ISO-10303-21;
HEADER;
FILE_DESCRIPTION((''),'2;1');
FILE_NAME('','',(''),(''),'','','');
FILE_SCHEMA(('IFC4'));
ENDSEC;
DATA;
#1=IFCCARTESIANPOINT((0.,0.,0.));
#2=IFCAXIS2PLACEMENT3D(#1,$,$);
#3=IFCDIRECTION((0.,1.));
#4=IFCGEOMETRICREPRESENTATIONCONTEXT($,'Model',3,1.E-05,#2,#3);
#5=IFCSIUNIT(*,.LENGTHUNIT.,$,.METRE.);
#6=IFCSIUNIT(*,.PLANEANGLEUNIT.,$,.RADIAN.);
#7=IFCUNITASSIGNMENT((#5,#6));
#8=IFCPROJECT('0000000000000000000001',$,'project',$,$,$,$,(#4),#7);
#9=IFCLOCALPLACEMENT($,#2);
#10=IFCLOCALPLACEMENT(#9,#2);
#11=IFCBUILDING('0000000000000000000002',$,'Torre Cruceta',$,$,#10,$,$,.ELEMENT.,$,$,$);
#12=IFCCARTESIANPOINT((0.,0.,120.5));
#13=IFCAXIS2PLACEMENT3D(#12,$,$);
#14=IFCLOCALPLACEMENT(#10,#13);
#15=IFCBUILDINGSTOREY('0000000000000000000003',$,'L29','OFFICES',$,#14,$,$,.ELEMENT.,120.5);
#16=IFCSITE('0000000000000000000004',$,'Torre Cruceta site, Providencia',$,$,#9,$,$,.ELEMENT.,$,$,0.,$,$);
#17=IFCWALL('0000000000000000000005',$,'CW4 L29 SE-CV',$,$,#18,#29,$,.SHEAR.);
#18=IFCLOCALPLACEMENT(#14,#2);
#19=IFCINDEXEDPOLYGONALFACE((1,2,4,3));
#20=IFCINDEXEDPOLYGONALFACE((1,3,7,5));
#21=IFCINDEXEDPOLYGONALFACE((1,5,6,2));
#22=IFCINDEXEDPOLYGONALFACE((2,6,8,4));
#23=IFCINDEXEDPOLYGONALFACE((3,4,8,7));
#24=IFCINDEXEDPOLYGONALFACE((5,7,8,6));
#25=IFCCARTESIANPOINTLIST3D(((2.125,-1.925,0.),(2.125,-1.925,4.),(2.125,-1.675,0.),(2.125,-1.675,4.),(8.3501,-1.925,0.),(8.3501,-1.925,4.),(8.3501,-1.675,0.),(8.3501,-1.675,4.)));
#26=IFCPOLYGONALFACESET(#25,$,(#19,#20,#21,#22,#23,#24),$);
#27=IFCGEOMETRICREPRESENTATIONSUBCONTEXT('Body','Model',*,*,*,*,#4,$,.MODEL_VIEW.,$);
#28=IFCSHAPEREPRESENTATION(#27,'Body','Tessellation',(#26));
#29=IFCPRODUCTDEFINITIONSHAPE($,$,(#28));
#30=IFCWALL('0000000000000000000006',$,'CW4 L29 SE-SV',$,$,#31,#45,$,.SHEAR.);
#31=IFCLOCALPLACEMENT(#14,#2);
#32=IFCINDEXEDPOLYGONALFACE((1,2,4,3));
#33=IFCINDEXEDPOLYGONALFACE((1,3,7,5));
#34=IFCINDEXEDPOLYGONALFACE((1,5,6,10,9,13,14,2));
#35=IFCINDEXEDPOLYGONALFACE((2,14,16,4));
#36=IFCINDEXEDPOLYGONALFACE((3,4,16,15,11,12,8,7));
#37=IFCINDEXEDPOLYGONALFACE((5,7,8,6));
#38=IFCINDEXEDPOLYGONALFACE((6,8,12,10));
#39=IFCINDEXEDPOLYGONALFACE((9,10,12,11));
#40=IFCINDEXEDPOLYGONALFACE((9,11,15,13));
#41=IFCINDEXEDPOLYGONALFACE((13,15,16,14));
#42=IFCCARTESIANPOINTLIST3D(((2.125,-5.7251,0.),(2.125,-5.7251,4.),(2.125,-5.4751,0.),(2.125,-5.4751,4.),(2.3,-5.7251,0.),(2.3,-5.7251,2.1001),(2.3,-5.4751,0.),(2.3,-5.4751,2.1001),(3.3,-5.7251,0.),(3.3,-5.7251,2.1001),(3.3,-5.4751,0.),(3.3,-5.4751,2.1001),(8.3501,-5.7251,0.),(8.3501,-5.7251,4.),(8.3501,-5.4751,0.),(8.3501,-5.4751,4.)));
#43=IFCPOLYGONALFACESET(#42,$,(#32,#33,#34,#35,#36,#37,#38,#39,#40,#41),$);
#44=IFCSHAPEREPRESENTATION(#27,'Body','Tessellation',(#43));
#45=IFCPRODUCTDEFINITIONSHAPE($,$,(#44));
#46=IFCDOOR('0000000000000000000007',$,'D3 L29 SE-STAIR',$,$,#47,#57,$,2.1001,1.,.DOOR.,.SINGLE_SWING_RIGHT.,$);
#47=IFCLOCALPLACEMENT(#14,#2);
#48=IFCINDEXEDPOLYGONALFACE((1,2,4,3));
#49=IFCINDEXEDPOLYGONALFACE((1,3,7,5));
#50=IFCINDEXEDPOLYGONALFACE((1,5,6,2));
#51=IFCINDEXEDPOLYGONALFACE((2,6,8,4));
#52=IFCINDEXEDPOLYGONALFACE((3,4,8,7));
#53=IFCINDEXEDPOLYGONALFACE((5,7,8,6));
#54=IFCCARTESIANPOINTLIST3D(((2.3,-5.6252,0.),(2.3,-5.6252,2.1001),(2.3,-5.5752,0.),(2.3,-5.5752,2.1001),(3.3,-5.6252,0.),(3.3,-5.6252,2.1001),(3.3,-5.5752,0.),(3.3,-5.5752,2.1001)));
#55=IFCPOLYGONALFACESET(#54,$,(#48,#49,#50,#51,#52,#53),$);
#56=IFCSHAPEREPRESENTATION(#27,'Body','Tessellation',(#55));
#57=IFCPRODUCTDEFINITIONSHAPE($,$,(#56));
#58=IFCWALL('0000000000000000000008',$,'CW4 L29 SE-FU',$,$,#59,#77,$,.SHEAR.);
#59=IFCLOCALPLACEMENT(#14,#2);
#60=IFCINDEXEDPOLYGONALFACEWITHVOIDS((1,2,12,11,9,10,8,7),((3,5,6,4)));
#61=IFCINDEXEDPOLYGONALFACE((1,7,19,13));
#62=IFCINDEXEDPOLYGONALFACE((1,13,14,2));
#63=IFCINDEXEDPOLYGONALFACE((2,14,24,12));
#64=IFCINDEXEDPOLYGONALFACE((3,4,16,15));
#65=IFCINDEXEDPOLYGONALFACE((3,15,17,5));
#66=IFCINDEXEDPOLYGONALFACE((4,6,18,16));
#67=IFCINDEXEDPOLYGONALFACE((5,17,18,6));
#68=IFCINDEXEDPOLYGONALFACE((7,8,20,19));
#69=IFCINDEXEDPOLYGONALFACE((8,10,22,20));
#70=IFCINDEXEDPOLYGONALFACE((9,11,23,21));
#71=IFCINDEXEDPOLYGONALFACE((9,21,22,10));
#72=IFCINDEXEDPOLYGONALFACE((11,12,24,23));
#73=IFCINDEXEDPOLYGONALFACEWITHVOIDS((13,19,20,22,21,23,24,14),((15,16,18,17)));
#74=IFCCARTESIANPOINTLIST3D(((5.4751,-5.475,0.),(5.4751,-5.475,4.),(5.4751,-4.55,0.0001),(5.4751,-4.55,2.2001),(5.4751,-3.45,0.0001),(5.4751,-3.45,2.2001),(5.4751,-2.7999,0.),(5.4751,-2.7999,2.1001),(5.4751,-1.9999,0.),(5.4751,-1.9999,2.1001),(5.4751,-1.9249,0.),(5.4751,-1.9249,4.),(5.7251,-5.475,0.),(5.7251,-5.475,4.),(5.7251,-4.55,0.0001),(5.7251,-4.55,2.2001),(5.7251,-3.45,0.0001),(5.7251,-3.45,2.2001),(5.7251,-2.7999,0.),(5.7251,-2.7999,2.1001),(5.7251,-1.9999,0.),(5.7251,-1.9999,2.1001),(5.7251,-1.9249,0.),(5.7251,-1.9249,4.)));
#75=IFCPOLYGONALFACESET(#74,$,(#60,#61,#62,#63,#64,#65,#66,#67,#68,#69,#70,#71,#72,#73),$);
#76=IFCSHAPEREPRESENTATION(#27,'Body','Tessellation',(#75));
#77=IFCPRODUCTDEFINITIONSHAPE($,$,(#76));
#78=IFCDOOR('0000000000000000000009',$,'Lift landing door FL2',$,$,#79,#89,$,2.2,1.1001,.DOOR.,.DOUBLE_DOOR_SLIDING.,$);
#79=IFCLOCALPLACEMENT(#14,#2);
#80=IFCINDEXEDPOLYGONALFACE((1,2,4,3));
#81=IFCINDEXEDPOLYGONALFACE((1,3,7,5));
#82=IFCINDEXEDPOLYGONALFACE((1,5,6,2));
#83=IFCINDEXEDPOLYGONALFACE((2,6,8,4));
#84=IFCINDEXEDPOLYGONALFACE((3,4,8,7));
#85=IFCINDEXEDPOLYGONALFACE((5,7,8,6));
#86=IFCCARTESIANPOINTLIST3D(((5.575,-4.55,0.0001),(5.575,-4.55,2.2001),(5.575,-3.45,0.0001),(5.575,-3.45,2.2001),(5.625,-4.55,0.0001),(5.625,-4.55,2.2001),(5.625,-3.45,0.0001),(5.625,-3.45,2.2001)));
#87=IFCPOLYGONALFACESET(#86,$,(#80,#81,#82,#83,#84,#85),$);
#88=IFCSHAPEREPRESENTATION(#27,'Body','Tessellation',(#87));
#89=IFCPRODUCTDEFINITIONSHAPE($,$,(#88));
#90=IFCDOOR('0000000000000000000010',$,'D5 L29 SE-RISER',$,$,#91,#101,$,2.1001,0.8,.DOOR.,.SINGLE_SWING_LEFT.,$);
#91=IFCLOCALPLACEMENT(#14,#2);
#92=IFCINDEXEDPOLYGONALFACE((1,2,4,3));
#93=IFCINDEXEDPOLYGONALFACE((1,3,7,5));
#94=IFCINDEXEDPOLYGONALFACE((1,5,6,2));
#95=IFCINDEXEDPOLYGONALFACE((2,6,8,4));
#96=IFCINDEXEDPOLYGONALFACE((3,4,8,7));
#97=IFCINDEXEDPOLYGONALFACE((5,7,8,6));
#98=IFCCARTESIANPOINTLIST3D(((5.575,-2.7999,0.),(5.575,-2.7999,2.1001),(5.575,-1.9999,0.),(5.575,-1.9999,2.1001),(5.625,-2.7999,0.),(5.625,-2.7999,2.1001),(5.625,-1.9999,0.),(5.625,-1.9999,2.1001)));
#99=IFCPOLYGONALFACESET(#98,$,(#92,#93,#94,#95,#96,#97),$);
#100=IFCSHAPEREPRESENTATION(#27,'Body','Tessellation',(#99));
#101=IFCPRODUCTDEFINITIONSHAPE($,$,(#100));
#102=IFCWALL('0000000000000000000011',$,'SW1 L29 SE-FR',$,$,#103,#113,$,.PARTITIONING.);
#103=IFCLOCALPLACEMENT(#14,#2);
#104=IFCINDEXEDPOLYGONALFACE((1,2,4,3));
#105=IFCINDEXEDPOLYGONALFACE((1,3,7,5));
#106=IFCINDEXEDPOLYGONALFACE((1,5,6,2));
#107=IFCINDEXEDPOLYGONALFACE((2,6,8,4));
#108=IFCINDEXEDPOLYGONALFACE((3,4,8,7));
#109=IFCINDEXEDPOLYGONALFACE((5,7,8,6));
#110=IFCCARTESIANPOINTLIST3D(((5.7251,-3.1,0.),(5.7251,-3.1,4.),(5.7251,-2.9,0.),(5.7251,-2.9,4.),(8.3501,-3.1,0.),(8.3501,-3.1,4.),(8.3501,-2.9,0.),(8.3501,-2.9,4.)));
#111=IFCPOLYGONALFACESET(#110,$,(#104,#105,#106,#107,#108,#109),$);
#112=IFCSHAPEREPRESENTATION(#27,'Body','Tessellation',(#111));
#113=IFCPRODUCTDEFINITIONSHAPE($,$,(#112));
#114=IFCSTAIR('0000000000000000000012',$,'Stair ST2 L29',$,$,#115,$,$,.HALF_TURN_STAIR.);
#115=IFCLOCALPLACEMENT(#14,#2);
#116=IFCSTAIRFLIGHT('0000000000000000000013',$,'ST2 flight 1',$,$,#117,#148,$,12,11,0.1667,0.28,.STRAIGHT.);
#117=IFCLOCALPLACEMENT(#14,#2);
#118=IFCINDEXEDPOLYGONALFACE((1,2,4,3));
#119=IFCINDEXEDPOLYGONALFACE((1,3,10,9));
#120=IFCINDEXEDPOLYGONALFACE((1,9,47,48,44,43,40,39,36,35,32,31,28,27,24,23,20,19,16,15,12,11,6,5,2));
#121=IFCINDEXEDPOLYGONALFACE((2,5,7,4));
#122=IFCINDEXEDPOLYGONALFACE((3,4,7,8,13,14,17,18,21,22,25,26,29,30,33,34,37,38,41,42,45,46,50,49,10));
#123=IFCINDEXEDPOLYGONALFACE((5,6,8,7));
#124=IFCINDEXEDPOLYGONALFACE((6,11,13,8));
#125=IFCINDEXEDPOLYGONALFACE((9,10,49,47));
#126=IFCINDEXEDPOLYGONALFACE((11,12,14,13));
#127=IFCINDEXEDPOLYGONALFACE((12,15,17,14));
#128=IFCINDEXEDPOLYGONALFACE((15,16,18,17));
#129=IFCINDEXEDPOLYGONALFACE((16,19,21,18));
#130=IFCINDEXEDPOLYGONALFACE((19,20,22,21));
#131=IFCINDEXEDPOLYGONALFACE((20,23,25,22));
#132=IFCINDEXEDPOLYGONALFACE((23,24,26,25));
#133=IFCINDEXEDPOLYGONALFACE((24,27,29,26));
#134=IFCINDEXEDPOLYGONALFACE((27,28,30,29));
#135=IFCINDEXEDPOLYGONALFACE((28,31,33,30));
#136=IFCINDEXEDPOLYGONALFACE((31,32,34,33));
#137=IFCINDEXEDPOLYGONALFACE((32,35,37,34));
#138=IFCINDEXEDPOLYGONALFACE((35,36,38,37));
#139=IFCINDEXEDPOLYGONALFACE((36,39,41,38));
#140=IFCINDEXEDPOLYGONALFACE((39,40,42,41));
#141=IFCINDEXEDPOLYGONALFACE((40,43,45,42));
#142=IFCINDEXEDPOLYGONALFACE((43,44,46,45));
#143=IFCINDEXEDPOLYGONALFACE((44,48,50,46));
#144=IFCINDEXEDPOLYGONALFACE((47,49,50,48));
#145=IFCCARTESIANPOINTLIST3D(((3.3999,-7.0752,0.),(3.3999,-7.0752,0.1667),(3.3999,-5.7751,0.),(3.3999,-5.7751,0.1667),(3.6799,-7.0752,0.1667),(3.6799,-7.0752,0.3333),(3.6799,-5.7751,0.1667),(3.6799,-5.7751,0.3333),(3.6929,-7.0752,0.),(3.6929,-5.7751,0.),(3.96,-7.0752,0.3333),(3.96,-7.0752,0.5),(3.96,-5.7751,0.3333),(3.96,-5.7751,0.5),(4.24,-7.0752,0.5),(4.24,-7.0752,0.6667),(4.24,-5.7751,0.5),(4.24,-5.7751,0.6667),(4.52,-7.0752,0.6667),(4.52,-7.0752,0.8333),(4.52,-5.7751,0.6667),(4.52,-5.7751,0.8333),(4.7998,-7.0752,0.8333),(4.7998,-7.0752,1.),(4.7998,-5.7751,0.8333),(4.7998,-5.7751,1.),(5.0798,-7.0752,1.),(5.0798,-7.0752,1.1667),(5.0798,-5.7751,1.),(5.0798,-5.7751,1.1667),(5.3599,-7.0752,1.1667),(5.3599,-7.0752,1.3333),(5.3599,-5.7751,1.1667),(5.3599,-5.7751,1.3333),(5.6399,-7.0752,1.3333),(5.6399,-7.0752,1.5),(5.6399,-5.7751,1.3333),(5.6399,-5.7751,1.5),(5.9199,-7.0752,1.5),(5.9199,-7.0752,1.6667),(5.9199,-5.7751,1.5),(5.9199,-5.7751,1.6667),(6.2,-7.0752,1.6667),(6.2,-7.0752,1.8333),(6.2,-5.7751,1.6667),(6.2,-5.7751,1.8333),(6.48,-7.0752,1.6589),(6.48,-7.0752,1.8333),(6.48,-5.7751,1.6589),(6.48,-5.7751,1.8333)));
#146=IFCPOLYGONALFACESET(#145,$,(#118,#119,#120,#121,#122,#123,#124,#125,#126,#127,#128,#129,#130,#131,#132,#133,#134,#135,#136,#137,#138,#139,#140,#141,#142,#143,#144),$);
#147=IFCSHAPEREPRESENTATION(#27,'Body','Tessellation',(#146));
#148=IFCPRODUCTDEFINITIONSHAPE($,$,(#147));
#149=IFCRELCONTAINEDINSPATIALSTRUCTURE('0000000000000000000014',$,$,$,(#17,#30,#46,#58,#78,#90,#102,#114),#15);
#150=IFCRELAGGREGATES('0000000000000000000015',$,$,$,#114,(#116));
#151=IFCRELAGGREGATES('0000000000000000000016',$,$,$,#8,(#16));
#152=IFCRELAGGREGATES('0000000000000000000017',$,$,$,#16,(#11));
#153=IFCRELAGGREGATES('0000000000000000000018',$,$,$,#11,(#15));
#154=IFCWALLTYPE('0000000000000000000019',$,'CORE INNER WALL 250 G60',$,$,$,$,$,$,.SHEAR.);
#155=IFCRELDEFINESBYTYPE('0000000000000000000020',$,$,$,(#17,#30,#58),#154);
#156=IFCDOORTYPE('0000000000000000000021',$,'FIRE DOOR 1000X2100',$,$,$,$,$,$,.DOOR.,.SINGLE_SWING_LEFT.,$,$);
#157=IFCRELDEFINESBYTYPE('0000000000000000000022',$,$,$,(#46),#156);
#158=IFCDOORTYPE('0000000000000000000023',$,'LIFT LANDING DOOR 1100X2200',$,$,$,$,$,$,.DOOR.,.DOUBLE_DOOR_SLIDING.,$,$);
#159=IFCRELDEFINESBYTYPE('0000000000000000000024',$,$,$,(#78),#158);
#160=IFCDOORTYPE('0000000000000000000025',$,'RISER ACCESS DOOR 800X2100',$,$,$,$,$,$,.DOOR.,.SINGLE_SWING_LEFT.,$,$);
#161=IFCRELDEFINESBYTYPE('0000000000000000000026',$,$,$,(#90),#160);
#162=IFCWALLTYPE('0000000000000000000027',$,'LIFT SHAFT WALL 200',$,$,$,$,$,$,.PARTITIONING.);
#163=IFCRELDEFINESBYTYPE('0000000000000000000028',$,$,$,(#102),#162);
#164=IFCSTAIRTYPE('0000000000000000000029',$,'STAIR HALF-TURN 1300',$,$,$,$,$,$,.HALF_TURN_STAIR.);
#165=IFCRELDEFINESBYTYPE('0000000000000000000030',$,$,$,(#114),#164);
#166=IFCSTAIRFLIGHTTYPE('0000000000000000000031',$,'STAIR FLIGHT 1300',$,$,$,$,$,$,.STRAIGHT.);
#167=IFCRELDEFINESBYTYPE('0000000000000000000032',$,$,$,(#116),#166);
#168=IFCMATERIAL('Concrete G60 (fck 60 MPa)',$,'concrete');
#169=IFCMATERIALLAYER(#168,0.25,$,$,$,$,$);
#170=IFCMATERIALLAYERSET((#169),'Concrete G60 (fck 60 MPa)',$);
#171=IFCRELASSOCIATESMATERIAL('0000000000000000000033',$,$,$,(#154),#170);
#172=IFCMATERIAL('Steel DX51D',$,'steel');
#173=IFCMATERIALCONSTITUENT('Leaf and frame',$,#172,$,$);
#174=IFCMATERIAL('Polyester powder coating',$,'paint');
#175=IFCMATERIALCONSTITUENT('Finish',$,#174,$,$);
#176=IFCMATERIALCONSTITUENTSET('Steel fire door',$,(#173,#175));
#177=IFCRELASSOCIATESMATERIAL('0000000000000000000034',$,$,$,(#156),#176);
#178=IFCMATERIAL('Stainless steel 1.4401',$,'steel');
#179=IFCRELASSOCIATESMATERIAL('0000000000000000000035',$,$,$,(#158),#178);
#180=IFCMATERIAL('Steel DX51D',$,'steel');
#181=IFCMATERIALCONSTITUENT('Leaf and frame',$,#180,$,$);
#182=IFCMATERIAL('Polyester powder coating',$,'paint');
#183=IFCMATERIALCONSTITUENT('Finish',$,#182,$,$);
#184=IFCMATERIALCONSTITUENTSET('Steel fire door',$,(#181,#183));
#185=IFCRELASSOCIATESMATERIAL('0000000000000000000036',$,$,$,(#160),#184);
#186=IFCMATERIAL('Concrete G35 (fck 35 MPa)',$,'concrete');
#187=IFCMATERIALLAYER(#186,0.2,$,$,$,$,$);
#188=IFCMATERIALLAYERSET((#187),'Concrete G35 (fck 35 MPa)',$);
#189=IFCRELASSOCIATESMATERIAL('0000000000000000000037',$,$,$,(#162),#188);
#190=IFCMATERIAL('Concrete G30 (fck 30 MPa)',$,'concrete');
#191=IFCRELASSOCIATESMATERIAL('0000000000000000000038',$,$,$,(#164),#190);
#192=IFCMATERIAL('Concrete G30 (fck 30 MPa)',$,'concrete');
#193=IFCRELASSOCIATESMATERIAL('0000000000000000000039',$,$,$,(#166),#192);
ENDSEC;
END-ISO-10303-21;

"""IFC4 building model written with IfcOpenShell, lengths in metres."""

from ifc_helpers import new_model, si_unit, direction, frame, frame_2d, origin, place, context, subcontext, project, spatial, polyline, rectangle, outline, extrude, material, layer, layer_set, constituent, constituent_set, type_object, element, fill, aggregate, save


model = new_model("IFC4")

# Units and contexts
model_context = context("Model", 3, precision=1e-05, world=origin(), true_north=direction((0.0, 1.0)))
body_context = subcontext(model_context, "Body", "Model", "MODEL_VIEW")
ifc_project = project(units=[si_unit("LENGTHUNIT", "METRE"), si_unit("PLANEANGLEUNIT", "RADIAN")], contexts=[model_context])

# Site, building, storey
site_placement = place(None, origin())
site = spatial("IfcSite", under=ifc_project, at=site_placement, Name="Torre Cruceta site, Providencia", CompositionType="ELEMENT", RefElevation=0.0)
building_placement = place(site_placement, origin())
building = spatial("IfcBuilding", under=site, at=building_placement, Name="Torre Cruceta", CompositionType="ELEMENT")
storey_placement = place(building_placement, frame((0.0, 0.0, 120.5)))
storey = spatial("IfcBuildingStorey", under=building, at=storey_placement, Name="L29", Description="OFFICES", CompositionType="ELEMENT", Elevation=120.5)

# Shared definitions
ifc_material_1 = material(Name="Concrete G60 (fck 60 MPa)", Category="concrete")
ifc_layer_1 = layer(ifc_material_1, 0.25)
ifc_layer_set_1 = layer_set([ifc_layer_1], Name="Concrete G60 (fck 60 MPa)")
wall_type_1 = type_object("IfcWallType", Name="CORE INNER WALL 250 G60", PredefinedType="SHEAR", material=ifc_layer_set_1)
ifc_material_2 = material(Name="Steel DX51D", Category="steel")
ifc_constituent_1 = constituent(ifc_material_2, Name="Leaf and frame")
ifc_material_3 = material(Name="Polyester powder coating", Category="paint")
ifc_constituent_2 = constituent(ifc_material_3, Name="Finish")
ifc_constituent_set_1 = constituent_set(constituents=[ifc_constituent_1, ifc_constituent_2], Name="Steel fire door")
door_type_1 = type_object("IfcDoorType", Name="FIRE DOOR 1000X2100", OperationType="SINGLE_SWING_LEFT", PredefinedType="DOOR", material=ifc_constituent_set_1)

# Wall
wall_1_placement = place(storey_placement, frame((2.125, -1.8, 0.0), z_axis=(0.0, 0.0, 1.0), x_axis=(1.0, 0.0, 0.0)))
element("IfcWall", 1, at=wall_1_placement, inside=storey, type_object=wall_type_1, Name="CW4 L29 SE-CV", PredefinedType="SHEAR", context=body_context, shape_type="SweptSolid", body=[
    extrude(rectangle(XDim=6.2251, YDim=0.25, at=frame_2d((3.1125, 0.0))), origin(), (0.0, 0.0, 1.0), 4.0),
])

# Wall, opening, door
wall_2_placement = place(storey_placement, frame((2.125, -5.6001, 0.0), z_axis=(0.0, 0.0, 1.0), x_axis=(1.0, 0.0, 0.0)))
wall_2 = element("IfcWall", 2, at=wall_2_placement, inside=storey, type_object=wall_type_1, Name="CW4 L29 SE-SV", PredefinedType="SHEAR", context=body_context, shape_type="SweptSolid", body=[
    extrude(rectangle(XDim=6.2251, YDim=0.25, at=frame_2d((3.1125, 0.0))), origin(), (0.0, 0.0, 1.0), 4.0),
])
opening_1_placement = place(wall_2_placement, frame((0.175, 0.0, 0.0)))
opening_1 = element("IfcOpeningElement", 3, at=opening_1_placement, cuts=wall_2, PredefinedType="OPENING", context=body_context, shape_type="SweptSolid", body=[
    extrude(rectangle(XDim=1.0, YDim=2.1001, at=frame_2d((0.5, 1.05))), frame((0.0, 0.135, 0.0), z_axis=(0.0, -1.0, 0.0), x_axis=(1.0, 0.0, 0.0)), (0.0, 0.0, 1.0), 0.27),
])
door_1_placement = place(opening_1_placement, frame((1.0, 0.0, 0.0), z_axis=(0.0, 0.0, 1.0), x_axis=(-1.0, 0.0, 0.0)))
door_1 = element("IfcDoor", 4, at=door_1_placement, inside=storey, type_object=door_type_1, Name="D3 L29 SE-STAIR", OperationType="SINGLE_SWING_RIGHT", OverallHeight=2.1001, OverallWidth=1.0, PredefinedType="DOOR", context=body_context, shape_type="SweptSolid", body=[
    extrude(rectangle(XDim=1.0, YDim=2.1001, at=frame_2d((0.5, 1.05))), frame((0.0, 0.0251, 0.0), z_axis=(0.0, -1.0, 0.0), x_axis=(1.0, 0.0, 0.0)), (0.0, 0.0, 1.0), 0.05),
])
fill(opening_1, door_1)

# Wall, openings, doors
wall_3_placement = place(storey_placement, frame((5.6001, -1.925, 0.0), z_axis=(0.0, 0.0, 1.0), x_axis=(0.0, -1.0, 0.0)))
wall_3 = element("IfcWall", 5, at=wall_3_placement, inside=storey, type_object=wall_type_1, Name="CW4 L29 SE-FU", PredefinedType="SHEAR", context=body_context, shape_type="SweptSolid", body=[
    extrude(rectangle(XDim=3.55, YDim=0.25, at=frame_2d((1.7749, 0.0))), origin(), (0.0, 0.0, 1.0), 4.0),
])
opening_2_placement = place(wall_3_placement, frame((1.5249, 0.0, 0.0)))
opening_2 = element("IfcOpeningElement", 6, at=opening_2_placement, cuts=wall_3, PredefinedType="OPENING", context=body_context, shape_type="SweptSolid", body=[
    extrude(rectangle(XDim=1.1001, YDim=2.2, at=frame_2d((0.55, 1.1001))), frame((0.0, 0.135, 0.0), z_axis=(0.0, -1.0, 0.0), x_axis=(1.0, 0.0, 0.0)), (0.0, 0.0, 1.0), 0.27),
])
opening_3_placement = place(wall_3_placement, frame((0.075, 0.0, 0.0)))
opening_3 = element("IfcOpeningElement", 7, at=opening_3_placement, cuts=wall_3, PredefinedType="OPENING", context=body_context, shape_type="SweptSolid", body=[
    extrude(rectangle(XDim=0.8, YDim=2.1001, at=frame_2d((0.3999, 1.05))), frame((0.0, 0.135, 0.0), z_axis=(0.0, -1.0, 0.0), x_axis=(1.0, 0.0, 0.0)), (0.0, 0.0, 1.0), 0.27),
])
ifc_material_4 = material(Name="Stainless steel 1.4401", Category="steel")
door_type_2 = type_object("IfcDoorType", Name="LIFT LANDING DOOR 1100X2200", OperationType="DOUBLE_DOOR_SLIDING", PredefinedType="DOOR", material=ifc_material_4)
door_2_placement = place(opening_2_placement, origin())
door_2 = element("IfcDoor", 8, at=door_2_placement, inside=storey, type_object=door_type_2, Name="Lift landing door FL2", OperationType="DOUBLE_DOOR_SLIDING", OverallHeight=2.2, OverallWidth=1.1001, PredefinedType="DOOR", context=body_context, shape_type="SweptSolid", body=[
    extrude(rectangle(XDim=1.1001, YDim=2.2, at=frame_2d((0.55, 1.1001))), frame((0.0, 0.0249, 0.0), z_axis=(0.0, -1.0, 0.0), x_axis=(1.0, 0.0, 0.0)), (0.0, 0.0, 1.0), 0.05),
])
fill(opening_2, door_2)
ifc_material_5 = material(Name="Steel DX51D", Category="steel")
ifc_constituent_3 = constituent(ifc_material_5, Name="Leaf and frame")
ifc_material_6 = material(Name="Polyester powder coating", Category="paint")
ifc_constituent_4 = constituent(ifc_material_6, Name="Finish")
ifc_constituent_set_2 = constituent_set(constituents=[ifc_constituent_3, ifc_constituent_4], Name="Steel fire door")
door_type_3 = type_object("IfcDoorType", Name="RISER ACCESS DOOR 800X2100", OperationType="SINGLE_SWING_LEFT", PredefinedType="DOOR", material=ifc_constituent_set_2)
door_3_placement = place(opening_3_placement, origin())
door_3 = element("IfcDoor", 9, at=door_3_placement, inside=storey, type_object=door_type_3, Name="D5 L29 SE-RISER", OperationType="SINGLE_SWING_LEFT", OverallHeight=2.1001, OverallWidth=0.8, PredefinedType="DOOR", context=body_context, shape_type="SweptSolid", body=[
    extrude(rectangle(XDim=0.8, YDim=2.1001, at=frame_2d((0.3999, 1.05))), frame((0.0, 0.0249, 0.0), z_axis=(0.0, -1.0, 0.0), x_axis=(1.0, 0.0, 0.0)), (0.0, 0.0, 1.0), 0.05),
])
fill(opening_3, door_3)

# Wall
ifc_material_7 = material(Name="Concrete G35 (fck 35 MPa)", Category="concrete")
ifc_layer_2 = layer(ifc_material_7, 0.2)
ifc_layer_set_2 = layer_set([ifc_layer_2], Name="Concrete G35 (fck 35 MPa)")
wall_type_2 = type_object("IfcWallType", Name="LIFT SHAFT WALL 200", PredefinedType="PARTITIONING", material=ifc_layer_set_2)
wall_4_placement = place(storey_placement, frame((5.7251, -3.0, 0.0), z_axis=(0.0, 0.0, 1.0), x_axis=(1.0, 0.0, 0.0)))
element("IfcWall", 10, at=wall_4_placement, inside=storey, type_object=wall_type_2, Name="SW1 L29 SE-FR", PredefinedType="PARTITIONING", context=body_context, shape_type="SweptSolid", body=[
    extrude(rectangle(XDim=2.625, YDim=0.2, at=frame_2d((1.3125, 0.0))), origin(), (0.0, 0.0, 1.0), 4.0),
])

# Stair, stair flight
ifc_material_8 = material(Name="Concrete G30 (fck 30 MPa)", Category="concrete")
stair_type = type_object("IfcStairType", Name="STAIR HALF-TURN 1300", PredefinedType="HALF_TURN_STAIR", material=ifc_material_8)
stair_placement = place(storey_placement, origin())
stair = element("IfcStair", 11, at=stair_placement, inside=storey, type_object=stair_type, Name="Stair ST2 L29", PredefinedType="HALF_TURN_STAIR")
ifc_material_9 = material(Name="Concrete G30 (fck 30 MPa)", Category="concrete")
stair_flight_type = type_object("IfcStairFlightType", Name="STAIR FLIGHT 1300", PredefinedType="STRAIGHT", material=ifc_material_9)
stair_flight_1_placement = place(storey_placement, frame((3.3999, -6.425, 0.0), z_axis=(0.0, 0.0, 1.0), x_axis=(1.0, 0.0, 0.0)))
stair_flight_1 = element("IfcStairFlight", 12, at=stair_flight_1_placement, type_object=stair_flight_type, Name="ST2 flight 1", NumberOfRisers=12, NumberOfTreads=11, PredefinedType="STRAIGHT", RiserHeight=0.1667, TreadLength=0.28, context=body_context, shape_type="SweptSolid", body=[
    extrude(outline(polyline([(0.0, 0.0), (0.0, 0.1667), (0.28, 0.1667), (0.28, 0.3333), (0.5601, 0.3333), (0.5601, 0.5), (0.8401, 0.5), (0.8401, 0.6667), (1.1201, 0.6667), (1.1201, 0.8333), (1.3999, 0.8333), (1.3999, 1.0), (1.6799, 1.0), (1.6799, 1.1667), (1.96, 1.1667), (1.96, 1.3333), (2.24, 1.3333), (2.24, 1.5), (2.52, 1.5), (2.52, 1.6667), (2.8, 1.6667), (2.8, 1.8333), (3.0801, 1.8333), (3.0801, 2.0), (3.0801, 1.6589), (0.293, 0.0), (0.0, 0.0)])), frame((0.0, 0.6499, 0.0), z_axis=(0.0, -1.0, 0.0), x_axis=(1.0, 0.0, 0.0)), (0.0, 0.0, 1.0), 1.3),
])
aggregate(stair, [stair_flight_1])

save(model, "model.ifc")
